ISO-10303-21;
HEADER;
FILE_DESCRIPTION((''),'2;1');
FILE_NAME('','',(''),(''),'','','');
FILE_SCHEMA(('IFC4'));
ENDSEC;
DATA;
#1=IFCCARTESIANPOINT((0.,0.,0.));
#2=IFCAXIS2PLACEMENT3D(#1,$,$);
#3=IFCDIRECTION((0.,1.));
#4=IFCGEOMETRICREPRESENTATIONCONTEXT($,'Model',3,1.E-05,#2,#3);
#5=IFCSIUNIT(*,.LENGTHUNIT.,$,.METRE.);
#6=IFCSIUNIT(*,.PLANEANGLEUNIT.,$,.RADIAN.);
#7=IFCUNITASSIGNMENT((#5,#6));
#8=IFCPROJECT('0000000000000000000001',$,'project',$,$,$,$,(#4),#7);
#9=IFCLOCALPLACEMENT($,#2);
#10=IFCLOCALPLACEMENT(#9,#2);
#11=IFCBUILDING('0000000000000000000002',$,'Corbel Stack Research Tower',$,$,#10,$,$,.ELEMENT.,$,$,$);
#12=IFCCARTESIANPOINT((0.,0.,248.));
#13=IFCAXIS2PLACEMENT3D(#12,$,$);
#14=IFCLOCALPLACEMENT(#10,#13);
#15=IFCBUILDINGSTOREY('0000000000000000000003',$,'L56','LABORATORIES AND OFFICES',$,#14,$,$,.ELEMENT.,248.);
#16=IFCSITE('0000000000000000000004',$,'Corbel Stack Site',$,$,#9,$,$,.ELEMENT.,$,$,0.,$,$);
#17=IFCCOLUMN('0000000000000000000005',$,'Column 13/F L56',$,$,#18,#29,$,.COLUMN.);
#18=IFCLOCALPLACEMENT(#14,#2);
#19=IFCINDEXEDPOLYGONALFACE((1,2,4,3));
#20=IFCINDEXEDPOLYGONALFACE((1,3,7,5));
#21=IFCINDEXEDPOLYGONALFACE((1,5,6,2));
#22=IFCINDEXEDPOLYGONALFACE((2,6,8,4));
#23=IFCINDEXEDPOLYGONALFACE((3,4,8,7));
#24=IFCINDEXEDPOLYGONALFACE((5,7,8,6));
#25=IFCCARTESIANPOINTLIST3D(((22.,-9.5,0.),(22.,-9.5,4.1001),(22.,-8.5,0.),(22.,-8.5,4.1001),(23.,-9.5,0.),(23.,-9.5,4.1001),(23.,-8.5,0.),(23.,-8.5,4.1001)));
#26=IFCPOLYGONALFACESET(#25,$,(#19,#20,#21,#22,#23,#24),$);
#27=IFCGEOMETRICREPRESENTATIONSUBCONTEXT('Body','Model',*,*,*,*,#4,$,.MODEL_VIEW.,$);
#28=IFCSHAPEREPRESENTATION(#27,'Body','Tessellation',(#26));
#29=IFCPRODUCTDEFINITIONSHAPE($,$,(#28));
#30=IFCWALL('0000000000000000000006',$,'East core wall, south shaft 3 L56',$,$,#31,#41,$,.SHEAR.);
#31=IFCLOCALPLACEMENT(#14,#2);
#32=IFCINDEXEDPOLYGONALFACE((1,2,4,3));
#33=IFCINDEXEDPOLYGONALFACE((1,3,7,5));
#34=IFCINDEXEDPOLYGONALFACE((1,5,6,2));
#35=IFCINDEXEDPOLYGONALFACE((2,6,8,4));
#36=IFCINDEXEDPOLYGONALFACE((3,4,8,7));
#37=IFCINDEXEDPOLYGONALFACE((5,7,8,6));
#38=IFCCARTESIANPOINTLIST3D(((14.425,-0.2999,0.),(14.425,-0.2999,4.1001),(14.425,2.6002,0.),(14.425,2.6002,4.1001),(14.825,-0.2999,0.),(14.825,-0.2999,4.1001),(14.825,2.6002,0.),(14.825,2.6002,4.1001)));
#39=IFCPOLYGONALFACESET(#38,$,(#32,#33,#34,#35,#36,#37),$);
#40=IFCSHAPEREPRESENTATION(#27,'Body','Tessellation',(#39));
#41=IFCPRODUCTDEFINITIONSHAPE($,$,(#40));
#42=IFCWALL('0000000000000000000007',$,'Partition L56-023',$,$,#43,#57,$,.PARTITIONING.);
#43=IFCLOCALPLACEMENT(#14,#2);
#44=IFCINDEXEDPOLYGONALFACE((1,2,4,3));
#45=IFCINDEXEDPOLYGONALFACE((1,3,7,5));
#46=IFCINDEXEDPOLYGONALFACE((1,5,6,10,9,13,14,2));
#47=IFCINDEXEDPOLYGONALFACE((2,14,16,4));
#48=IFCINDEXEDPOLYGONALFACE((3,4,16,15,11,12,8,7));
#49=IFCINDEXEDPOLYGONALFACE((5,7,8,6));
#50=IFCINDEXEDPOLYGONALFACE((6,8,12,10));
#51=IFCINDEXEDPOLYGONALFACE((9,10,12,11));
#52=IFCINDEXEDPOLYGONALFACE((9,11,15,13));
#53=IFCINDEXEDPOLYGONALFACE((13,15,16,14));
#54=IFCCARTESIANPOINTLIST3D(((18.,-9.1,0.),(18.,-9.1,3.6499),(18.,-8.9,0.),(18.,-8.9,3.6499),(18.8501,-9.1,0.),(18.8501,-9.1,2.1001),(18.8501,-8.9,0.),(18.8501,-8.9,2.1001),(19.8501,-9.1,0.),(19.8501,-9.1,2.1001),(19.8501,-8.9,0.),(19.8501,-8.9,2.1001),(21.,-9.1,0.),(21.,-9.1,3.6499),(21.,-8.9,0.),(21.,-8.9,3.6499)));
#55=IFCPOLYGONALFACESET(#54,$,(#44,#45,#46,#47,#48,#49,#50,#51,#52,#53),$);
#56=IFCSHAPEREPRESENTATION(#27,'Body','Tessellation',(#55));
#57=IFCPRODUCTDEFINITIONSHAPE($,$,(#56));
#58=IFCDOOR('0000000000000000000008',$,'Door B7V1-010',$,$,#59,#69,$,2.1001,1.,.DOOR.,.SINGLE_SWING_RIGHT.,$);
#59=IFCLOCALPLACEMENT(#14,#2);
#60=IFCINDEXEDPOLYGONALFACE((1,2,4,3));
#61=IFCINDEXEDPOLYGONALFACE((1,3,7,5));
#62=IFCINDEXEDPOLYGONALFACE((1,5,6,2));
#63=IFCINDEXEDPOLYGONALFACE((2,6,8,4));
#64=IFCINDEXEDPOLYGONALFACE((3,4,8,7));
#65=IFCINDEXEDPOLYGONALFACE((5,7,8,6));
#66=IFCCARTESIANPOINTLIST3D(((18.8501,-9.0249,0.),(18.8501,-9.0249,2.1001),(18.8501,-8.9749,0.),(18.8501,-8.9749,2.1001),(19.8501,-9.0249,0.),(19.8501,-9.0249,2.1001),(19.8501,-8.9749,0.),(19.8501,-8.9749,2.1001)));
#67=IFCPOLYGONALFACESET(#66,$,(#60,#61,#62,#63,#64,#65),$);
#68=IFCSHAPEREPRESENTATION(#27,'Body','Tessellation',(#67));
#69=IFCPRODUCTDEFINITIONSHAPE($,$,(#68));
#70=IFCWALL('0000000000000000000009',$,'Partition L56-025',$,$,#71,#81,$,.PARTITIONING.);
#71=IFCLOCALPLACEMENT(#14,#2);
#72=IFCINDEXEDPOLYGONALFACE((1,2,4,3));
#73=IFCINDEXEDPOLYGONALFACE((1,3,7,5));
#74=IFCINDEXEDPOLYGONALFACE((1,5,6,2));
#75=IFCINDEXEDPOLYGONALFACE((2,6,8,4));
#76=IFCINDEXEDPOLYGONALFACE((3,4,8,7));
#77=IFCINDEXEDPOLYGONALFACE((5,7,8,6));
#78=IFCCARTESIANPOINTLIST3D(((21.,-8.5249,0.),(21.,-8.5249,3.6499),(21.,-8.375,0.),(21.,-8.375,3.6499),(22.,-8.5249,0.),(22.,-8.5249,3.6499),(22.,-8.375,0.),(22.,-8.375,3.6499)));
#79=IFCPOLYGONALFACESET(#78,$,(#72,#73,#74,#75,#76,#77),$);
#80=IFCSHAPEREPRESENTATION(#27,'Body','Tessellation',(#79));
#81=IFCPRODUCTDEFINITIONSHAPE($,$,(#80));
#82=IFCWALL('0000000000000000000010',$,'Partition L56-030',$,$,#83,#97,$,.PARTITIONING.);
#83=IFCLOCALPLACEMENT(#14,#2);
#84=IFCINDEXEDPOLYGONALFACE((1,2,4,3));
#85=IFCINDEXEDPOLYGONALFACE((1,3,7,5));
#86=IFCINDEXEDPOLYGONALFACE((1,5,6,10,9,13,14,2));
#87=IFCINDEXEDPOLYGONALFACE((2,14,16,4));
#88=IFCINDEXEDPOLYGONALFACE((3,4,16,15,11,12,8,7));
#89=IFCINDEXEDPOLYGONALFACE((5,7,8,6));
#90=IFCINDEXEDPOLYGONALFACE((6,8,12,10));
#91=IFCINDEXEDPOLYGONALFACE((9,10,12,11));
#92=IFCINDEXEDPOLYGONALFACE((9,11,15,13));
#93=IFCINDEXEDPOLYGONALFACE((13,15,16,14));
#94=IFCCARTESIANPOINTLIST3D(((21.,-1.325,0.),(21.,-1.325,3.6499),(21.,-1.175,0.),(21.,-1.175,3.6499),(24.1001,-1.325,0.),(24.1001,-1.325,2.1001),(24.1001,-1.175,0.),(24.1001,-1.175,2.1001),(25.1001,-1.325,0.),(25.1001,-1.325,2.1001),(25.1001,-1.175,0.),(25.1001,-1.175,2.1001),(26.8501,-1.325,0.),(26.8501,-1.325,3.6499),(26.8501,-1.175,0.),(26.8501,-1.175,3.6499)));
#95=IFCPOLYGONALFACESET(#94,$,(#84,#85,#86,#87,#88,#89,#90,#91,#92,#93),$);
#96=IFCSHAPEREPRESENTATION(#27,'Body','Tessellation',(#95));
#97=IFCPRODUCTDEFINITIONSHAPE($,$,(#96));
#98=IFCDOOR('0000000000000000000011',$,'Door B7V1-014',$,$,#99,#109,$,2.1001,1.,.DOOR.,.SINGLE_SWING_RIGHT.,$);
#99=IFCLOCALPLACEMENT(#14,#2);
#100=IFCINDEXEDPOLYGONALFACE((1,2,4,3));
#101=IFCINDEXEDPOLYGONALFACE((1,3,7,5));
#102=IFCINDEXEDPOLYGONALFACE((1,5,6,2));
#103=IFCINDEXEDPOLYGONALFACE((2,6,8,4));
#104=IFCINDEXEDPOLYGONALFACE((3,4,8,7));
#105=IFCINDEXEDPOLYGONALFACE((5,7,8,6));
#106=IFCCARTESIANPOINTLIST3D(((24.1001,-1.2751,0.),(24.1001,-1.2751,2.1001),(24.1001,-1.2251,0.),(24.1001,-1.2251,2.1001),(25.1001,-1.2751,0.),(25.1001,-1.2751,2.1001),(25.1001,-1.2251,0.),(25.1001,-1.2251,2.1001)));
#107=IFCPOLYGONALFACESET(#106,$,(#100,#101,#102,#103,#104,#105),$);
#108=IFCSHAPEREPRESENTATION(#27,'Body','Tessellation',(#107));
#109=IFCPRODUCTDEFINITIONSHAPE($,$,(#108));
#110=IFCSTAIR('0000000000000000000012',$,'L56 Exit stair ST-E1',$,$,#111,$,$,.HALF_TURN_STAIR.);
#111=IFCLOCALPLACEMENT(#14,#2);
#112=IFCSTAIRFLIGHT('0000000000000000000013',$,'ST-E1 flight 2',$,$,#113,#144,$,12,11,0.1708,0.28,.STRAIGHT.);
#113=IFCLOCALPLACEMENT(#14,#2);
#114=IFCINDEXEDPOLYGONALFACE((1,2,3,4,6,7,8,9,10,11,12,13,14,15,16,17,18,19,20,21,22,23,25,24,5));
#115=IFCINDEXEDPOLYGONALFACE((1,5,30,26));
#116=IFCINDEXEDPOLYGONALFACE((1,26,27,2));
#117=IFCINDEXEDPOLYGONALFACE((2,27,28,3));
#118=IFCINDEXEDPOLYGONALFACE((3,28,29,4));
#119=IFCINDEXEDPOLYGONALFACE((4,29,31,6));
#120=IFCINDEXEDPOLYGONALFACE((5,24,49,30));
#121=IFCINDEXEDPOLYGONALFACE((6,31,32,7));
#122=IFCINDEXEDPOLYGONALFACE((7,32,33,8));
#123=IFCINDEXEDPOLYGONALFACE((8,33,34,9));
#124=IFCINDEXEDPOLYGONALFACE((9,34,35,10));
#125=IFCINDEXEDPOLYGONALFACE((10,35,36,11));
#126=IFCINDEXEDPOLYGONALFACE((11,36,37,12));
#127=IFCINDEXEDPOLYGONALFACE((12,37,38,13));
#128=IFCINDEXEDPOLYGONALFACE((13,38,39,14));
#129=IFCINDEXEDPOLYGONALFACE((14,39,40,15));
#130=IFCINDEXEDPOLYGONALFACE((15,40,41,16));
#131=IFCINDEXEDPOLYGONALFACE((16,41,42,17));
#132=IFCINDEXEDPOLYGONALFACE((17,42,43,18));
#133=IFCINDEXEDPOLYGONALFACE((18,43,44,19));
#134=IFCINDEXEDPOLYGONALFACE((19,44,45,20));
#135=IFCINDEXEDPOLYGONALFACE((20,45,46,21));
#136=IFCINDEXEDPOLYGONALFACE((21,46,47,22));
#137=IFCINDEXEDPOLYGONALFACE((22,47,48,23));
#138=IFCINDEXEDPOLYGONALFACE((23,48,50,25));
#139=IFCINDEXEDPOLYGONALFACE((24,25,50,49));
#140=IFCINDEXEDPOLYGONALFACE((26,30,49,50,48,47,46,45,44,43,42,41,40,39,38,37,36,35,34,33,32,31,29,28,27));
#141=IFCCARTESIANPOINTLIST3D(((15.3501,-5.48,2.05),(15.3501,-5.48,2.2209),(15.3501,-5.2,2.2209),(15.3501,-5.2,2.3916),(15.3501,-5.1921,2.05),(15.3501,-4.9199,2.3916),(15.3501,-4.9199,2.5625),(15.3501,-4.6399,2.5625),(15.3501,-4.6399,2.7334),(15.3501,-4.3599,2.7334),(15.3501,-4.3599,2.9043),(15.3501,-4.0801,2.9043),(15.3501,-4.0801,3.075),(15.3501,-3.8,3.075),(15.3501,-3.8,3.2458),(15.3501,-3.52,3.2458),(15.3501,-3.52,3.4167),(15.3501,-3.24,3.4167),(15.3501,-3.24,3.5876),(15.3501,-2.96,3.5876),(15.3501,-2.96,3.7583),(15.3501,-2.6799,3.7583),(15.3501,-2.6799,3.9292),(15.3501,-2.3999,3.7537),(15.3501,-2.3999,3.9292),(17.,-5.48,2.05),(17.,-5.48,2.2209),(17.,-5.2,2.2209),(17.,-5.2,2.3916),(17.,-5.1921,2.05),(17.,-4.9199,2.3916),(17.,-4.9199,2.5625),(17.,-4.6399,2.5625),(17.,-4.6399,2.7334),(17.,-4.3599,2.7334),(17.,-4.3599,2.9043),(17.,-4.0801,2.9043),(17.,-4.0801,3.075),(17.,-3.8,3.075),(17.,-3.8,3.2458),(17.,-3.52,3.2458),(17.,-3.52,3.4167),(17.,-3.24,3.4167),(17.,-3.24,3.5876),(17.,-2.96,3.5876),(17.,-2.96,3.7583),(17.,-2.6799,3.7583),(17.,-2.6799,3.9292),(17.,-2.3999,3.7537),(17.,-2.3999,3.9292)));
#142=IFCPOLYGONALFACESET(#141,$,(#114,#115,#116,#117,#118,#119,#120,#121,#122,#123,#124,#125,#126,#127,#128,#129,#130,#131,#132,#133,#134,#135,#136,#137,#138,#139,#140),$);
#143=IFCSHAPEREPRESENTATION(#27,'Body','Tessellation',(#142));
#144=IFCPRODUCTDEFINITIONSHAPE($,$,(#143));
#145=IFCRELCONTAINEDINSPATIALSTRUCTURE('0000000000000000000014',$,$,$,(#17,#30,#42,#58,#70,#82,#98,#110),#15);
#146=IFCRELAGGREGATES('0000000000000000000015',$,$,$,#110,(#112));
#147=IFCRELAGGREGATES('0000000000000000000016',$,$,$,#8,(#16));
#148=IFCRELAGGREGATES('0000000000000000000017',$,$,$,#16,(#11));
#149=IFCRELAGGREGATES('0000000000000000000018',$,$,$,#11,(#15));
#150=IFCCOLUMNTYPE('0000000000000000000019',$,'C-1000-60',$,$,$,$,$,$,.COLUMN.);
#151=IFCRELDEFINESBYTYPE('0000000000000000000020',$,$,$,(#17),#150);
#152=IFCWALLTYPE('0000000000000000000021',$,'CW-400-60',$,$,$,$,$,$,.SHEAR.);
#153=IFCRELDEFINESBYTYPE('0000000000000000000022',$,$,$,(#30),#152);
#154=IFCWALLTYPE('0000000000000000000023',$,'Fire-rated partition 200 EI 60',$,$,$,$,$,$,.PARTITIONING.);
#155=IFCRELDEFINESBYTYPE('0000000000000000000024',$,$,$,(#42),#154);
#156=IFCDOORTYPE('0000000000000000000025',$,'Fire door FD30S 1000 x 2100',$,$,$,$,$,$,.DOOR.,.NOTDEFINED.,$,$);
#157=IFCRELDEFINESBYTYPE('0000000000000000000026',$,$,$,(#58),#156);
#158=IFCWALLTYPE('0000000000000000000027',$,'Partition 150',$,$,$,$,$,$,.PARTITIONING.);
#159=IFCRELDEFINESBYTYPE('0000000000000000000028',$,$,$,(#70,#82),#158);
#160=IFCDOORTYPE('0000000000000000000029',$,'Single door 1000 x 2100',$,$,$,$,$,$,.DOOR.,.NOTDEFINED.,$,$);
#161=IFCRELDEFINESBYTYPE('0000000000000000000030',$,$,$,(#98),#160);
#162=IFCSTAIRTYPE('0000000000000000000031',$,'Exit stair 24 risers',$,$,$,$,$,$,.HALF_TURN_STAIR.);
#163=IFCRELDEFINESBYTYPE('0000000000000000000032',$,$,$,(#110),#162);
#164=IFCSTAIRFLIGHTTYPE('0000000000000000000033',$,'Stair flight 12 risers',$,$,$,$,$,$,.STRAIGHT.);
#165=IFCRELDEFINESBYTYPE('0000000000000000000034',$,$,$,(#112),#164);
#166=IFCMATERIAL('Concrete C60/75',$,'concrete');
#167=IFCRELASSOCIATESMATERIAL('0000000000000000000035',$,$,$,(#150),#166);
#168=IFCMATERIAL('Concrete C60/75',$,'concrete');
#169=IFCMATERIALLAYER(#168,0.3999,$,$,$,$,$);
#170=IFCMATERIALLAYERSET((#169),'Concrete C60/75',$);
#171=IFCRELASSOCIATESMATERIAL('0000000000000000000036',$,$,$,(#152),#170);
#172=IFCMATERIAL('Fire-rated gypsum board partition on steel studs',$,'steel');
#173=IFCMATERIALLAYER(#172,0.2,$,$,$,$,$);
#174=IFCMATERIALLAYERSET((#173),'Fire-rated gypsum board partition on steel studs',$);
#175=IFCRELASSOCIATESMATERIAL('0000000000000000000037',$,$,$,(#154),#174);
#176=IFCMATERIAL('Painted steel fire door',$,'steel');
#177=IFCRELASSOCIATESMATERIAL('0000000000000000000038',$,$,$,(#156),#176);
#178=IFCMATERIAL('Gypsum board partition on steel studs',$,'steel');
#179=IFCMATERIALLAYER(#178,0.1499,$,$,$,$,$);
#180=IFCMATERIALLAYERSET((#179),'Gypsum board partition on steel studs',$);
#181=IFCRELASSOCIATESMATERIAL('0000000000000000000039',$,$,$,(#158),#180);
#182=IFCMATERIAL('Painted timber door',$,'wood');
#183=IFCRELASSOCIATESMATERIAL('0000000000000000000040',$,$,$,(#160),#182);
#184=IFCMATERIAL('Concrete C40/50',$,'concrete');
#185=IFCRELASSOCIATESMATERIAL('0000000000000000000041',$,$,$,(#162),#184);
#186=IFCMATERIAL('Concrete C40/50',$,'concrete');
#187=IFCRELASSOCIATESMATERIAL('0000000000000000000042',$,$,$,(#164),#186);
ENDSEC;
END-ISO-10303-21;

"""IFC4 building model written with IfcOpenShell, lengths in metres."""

from ifc_helpers import new_model, si_unit, direction, frame, frame_2d, origin, origin_2d, place, context, subcontext, project, spatial, polyline, rectangle, outline, extrude, material, layer, layer_set, material_profile, profile_set, type_object, element, fill, aggregate, save


model = new_model("IFC4")

# Units and contexts
model_context = context("Model", 3, precision=1e-05, world=origin(), true_north=direction((0.0, 1.0)))
body_context = subcontext(model_context, "Body", "Model", "MODEL_VIEW")
ifc_project = project(units=[si_unit("LENGTHUNIT", "METRE"), si_unit("PLANEANGLEUNIT", "RADIAN")], contexts=[model_context])

# Site, building, storey
site_placement = place(None, origin())
site = spatial("IfcSite", under=ifc_project, at=site_placement, Name="Corbel Stack Site", CompositionType="ELEMENT", RefElevation=0.0)
building_placement = place(site_placement, origin())
building = spatial("IfcBuilding", under=site, at=building_placement, Name="Corbel Stack Research Tower", CompositionType="ELEMENT")
storey_placement = place(building_placement, frame((0.0, 0.0, 248.0)))
storey = spatial("IfcBuildingStorey", under=building, at=storey_placement, Name="L56", Description="LABORATORIES AND OFFICES", CompositionType="ELEMENT", Elevation=248.0)

# Column
ifc_material_1 = material(Name="Concrete C60/75", Category="concrete")
ifc_material_profile = material_profile(ifc_material_1, rectangle(XDim=1.0, YDim=1.0, at=origin_2d()), Name="RC 1000 x 1000")
ifc_profile_set = profile_set([ifc_material_profile], Name="Concrete C60/75")
column_type = type_object("IfcColumnType", Name="C-1000-60", PredefinedType="COLUMN", material=ifc_profile_set)
column_placement = place(storey_placement, frame((22.5, -9.0, 0.0), z_axis=(0.0, 0.0, 1.0), x_axis=(1.0, 0.0, 0.0)))
element("IfcColumn", 1, at=column_placement, inside=storey, type_object=column_type, Name="Column 13/F L56", PredefinedType="COLUMN", context=body_context, shape_type="SweptSolid", body=[
    extrude(rectangle(XDim=1.0, YDim=1.0, at=origin_2d()), origin(), (0.0, 0.0, 1.0), 4.1001),
])

# Wall
ifc_material_2 = material(Name="Concrete C60/75", Category="concrete")
ifc_layer_1 = layer(ifc_material_2, 0.3999)
ifc_layer_set_1 = layer_set([ifc_layer_1], Name="Concrete C60/75")
wall_type_1 = type_object("IfcWallType", Name="CW-400-60", PredefinedType="SHEAR", material=ifc_layer_set_1)
wall_1_placement = place(storey_placement, frame((14.625, -0.3, 0.0), z_axis=(0.0, 0.0, 1.0), x_axis=(0.0, 1.0, 0.0)))
element("IfcWall", 2, at=wall_1_placement, inside=storey, type_object=wall_type_1, Name="East core wall, south shaft 3 L56", PredefinedType="SHEAR", context=body_context, shape_type="SweptSolid", body=[
    extrude(rectangle(XDim=2.9001, YDim=0.3999, at=frame_2d((1.4502, 0.0))), origin(), (0.0, 0.0, 1.0), 4.1001),
])

# Wall, opening, door
ifc_material_3 = material(Name="Fire-rated gypsum board partition on steel studs", Category="steel")
ifc_layer_2 = layer(ifc_material_3, 0.2)
ifc_layer_set_2 = layer_set([ifc_layer_2], Name="Fire-rated gypsum board partition on steel studs")
wall_type_2 = type_object("IfcWallType", Name="Fire-rated partition 200 EI 60", PredefinedType="PARTITIONING", material=ifc_layer_set_2)
wall_2_placement = place(storey_placement, frame((21.0, -9.0, 0.0), z_axis=(0.0, 0.0, 1.0), x_axis=(-1.0, 0.0, 0.0)))
wall_2 = element("IfcWall", 3, at=wall_2_placement, inside=storey, type_object=wall_type_2, Name="Partition L56-023", PredefinedType="PARTITIONING", context=body_context, shape_type="SweptSolid", body=[
    extrude(rectangle(XDim=3.0, YDim=0.2, at=frame_2d((1.5, 0.0))), origin(), (0.0, 0.0, 1.0), 3.6499),
])
opening_1_placement = place(wall_2_placement, frame((1.1499, 0.0, 0.0)))
opening_1 = element("IfcOpeningElement", 4, at=opening_1_placement, cuts=wall_2, PredefinedType="OPENING", context=body_context, shape_type="SweptSolid", body=[
    extrude(rectangle(XDim=1.0, YDim=2.1001, at=frame_2d((0.5, 1.05))), frame((0.0, 0.1099, 0.0), z_axis=(0.0, -1.0, 0.0), x_axis=(1.0, 0.0, 0.0)), (0.0, 0.0, 1.0), 0.22),
])
ifc_material_4 = material(Name="Painted steel fire door", Category="steel")
door_type_1 = type_object("IfcDoorType", Name="Fire door FD30S 1000 x 2100", OperationType="NOTDEFINED", PredefinedType="DOOR", material=ifc_material_4)
door_1_placement = place(opening_1_placement, origin())
door_1 = element("IfcDoor", 5, at=door_1_placement, inside=storey, type_object=door_type_1, Name="Door B7V1-010", OperationType="SINGLE_SWING_RIGHT", OverallHeight=2.1001, OverallWidth=1.0, PredefinedType="DOOR", context=body_context, shape_type="SweptSolid", body=[
    extrude(rectangle(XDim=1.0, YDim=2.1001, at=frame_2d((0.5, 1.05))), frame((0.0, 0.0249, 0.0), z_axis=(0.0, -1.0, 0.0), x_axis=(1.0, 0.0, 0.0)), (0.0, 0.0, 1.0), 0.05),
])
fill(opening_1, door_1)

# Wall
ifc_material_5 = material(Name="Gypsum board partition on steel studs", Category="steel")
ifc_layer_3 = layer(ifc_material_5, 0.1499)
ifc_layer_set_3 = layer_set([ifc_layer_3], Name="Gypsum board partition on steel studs")
wall_type_3 = type_object("IfcWallType", Name="Partition 150", PredefinedType="PARTITIONING", material=ifc_layer_set_3)
wall_3_placement = place(storey_placement, frame((21.0, -8.45, 0.0), z_axis=(0.0, 0.0, 1.0), x_axis=(1.0, 0.0, 0.0)))
element("IfcWall", 6, at=wall_3_placement, inside=storey, type_object=wall_type_3, Name="Partition L56-025", PredefinedType="PARTITIONING", context=body_context, shape_type="SweptSolid", body=[
    extrude(rectangle(XDim=1.0, YDim=0.1499, at=frame_2d((0.5, 0.0))), origin(), (0.0, 0.0, 1.0), 3.6499),
])

# Wall, opening, door
wall_4_placement = place(storey_placement, frame((21.0, -1.25, 0.0), z_axis=(0.0, 0.0, 1.0), x_axis=(1.0, 0.0, 0.0)))
wall_4 = element("IfcWall", 7, at=wall_4_placement, inside=storey, type_object=wall_type_3, Name="Partition L56-030", PredefinedType="PARTITIONING", context=body_context, shape_type="SweptSolid", body=[
    extrude(rectangle(XDim=5.8501, YDim=0.1499, at=frame_2d((2.925, 0.0))), origin(), (0.0, 0.0, 1.0), 3.6499),
])
opening_2_placement = place(wall_4_placement, frame((3.1001, 0.0, 0.0)))
opening_2 = element("IfcOpeningElement", 8, at=opening_2_placement, cuts=wall_4, PredefinedType="OPENING", context=body_context, shape_type="SweptSolid", body=[
    extrude(rectangle(XDim=1.0, YDim=2.1001, at=frame_2d((0.5, 1.05))), frame((0.0, 0.085, 0.0), z_axis=(0.0, -1.0, 0.0), x_axis=(1.0, 0.0, 0.0)), (0.0, 0.0, 1.0), 0.1699),
])
ifc_material_6 = material(Name="Painted timber door", Category="wood")
door_type_2 = type_object("IfcDoorType", Name="Single door 1000 x 2100", OperationType="NOTDEFINED", PredefinedType="DOOR", material=ifc_material_6)
door_2_placement = place(opening_2_placement, origin())
door_2 = element("IfcDoor", 9, at=door_2_placement, inside=storey, type_object=door_type_2, Name="Door B7V1-014", OperationType="SINGLE_SWING_RIGHT", OverallHeight=2.1001, OverallWidth=1.0, PredefinedType="DOOR", context=body_context, shape_type="SweptSolid", body=[
    extrude(rectangle(XDim=1.0, YDim=2.1001, at=frame_2d((0.5, 1.05))), frame((0.0, 0.0249, 0.0), z_axis=(0.0, -1.0, 0.0), x_axis=(1.0, 0.0, 0.0)), (0.0, 0.0, 1.0), 0.05),
])
fill(opening_2, door_2)

# Stair, stair flight
ifc_material_7 = material(Name="Concrete C40/50", Category="concrete")
stair_type = type_object("IfcStairType", Name="Exit stair 24 risers", PredefinedType="HALF_TURN_STAIR", material=ifc_material_7)
stair_placement = place(storey_placement, origin())
stair = element("IfcStair", 10, at=stair_placement, inside=storey, type_object=stair_type, Name="L56 Exit stair ST-E1", PredefinedType="HALF_TURN_STAIR")
ifc_material_8 = material(Name="Concrete C40/50", Category="concrete")
stair_flight_type = type_object("IfcStairFlightType", Name="Stair flight 12 risers", PredefinedType="STRAIGHT", material=ifc_material_8)
stair_flight_placement = place(storey_placement, frame((16.175, -5.48, 2.05), z_axis=(0.0, 0.0, 1.0), x_axis=(0.0, 1.0, 0.0)))
stair_flight = element("IfcStairFlight", 11, at=stair_flight_placement, type_object=stair_flight_type, Name="ST-E1 flight 2", NumberOfRisers=12, NumberOfTreads=11, PredefinedType="STRAIGHT", RiserHeight=0.1708, TreadLength=0.28, context=body_context, shape_type="SweptSolid", body=[
    extrude(outline(polyline([(0.0, 0.0), (0.0, 0.1709), (0.28, 0.1709), (0.28, 0.3416), (0.5601, 0.3416), (0.5601, 0.5125), (0.8401, 0.5125), (0.8401, 0.6833), (1.1201, 0.6833), (1.1201, 0.8542), (1.3999, 0.8542), (1.3999, 1.0249), (1.6799, 1.0249), (1.6799, 1.1958), (1.96, 1.1958), (1.96, 1.3667), (2.24, 1.3667), (2.24, 1.5376), (2.52, 1.5376), (2.52, 1.7083), (2.8, 1.7083), (2.8, 1.8792), (3.0801, 1.8792), (3.0801, 2.05), (3.0801, 1.7036), (0.2878, 0.0), (0.0, 0.0)])), frame((0.0, 0.825, 0.0), z_axis=(0.0, -1.0, 0.0), x_axis=(1.0, 0.0, 0.0)), (0.0, 0.0, 1.0), 1.6499),
])
aggregate(stair, [stair_flight])

save(model, "model.ifc")
